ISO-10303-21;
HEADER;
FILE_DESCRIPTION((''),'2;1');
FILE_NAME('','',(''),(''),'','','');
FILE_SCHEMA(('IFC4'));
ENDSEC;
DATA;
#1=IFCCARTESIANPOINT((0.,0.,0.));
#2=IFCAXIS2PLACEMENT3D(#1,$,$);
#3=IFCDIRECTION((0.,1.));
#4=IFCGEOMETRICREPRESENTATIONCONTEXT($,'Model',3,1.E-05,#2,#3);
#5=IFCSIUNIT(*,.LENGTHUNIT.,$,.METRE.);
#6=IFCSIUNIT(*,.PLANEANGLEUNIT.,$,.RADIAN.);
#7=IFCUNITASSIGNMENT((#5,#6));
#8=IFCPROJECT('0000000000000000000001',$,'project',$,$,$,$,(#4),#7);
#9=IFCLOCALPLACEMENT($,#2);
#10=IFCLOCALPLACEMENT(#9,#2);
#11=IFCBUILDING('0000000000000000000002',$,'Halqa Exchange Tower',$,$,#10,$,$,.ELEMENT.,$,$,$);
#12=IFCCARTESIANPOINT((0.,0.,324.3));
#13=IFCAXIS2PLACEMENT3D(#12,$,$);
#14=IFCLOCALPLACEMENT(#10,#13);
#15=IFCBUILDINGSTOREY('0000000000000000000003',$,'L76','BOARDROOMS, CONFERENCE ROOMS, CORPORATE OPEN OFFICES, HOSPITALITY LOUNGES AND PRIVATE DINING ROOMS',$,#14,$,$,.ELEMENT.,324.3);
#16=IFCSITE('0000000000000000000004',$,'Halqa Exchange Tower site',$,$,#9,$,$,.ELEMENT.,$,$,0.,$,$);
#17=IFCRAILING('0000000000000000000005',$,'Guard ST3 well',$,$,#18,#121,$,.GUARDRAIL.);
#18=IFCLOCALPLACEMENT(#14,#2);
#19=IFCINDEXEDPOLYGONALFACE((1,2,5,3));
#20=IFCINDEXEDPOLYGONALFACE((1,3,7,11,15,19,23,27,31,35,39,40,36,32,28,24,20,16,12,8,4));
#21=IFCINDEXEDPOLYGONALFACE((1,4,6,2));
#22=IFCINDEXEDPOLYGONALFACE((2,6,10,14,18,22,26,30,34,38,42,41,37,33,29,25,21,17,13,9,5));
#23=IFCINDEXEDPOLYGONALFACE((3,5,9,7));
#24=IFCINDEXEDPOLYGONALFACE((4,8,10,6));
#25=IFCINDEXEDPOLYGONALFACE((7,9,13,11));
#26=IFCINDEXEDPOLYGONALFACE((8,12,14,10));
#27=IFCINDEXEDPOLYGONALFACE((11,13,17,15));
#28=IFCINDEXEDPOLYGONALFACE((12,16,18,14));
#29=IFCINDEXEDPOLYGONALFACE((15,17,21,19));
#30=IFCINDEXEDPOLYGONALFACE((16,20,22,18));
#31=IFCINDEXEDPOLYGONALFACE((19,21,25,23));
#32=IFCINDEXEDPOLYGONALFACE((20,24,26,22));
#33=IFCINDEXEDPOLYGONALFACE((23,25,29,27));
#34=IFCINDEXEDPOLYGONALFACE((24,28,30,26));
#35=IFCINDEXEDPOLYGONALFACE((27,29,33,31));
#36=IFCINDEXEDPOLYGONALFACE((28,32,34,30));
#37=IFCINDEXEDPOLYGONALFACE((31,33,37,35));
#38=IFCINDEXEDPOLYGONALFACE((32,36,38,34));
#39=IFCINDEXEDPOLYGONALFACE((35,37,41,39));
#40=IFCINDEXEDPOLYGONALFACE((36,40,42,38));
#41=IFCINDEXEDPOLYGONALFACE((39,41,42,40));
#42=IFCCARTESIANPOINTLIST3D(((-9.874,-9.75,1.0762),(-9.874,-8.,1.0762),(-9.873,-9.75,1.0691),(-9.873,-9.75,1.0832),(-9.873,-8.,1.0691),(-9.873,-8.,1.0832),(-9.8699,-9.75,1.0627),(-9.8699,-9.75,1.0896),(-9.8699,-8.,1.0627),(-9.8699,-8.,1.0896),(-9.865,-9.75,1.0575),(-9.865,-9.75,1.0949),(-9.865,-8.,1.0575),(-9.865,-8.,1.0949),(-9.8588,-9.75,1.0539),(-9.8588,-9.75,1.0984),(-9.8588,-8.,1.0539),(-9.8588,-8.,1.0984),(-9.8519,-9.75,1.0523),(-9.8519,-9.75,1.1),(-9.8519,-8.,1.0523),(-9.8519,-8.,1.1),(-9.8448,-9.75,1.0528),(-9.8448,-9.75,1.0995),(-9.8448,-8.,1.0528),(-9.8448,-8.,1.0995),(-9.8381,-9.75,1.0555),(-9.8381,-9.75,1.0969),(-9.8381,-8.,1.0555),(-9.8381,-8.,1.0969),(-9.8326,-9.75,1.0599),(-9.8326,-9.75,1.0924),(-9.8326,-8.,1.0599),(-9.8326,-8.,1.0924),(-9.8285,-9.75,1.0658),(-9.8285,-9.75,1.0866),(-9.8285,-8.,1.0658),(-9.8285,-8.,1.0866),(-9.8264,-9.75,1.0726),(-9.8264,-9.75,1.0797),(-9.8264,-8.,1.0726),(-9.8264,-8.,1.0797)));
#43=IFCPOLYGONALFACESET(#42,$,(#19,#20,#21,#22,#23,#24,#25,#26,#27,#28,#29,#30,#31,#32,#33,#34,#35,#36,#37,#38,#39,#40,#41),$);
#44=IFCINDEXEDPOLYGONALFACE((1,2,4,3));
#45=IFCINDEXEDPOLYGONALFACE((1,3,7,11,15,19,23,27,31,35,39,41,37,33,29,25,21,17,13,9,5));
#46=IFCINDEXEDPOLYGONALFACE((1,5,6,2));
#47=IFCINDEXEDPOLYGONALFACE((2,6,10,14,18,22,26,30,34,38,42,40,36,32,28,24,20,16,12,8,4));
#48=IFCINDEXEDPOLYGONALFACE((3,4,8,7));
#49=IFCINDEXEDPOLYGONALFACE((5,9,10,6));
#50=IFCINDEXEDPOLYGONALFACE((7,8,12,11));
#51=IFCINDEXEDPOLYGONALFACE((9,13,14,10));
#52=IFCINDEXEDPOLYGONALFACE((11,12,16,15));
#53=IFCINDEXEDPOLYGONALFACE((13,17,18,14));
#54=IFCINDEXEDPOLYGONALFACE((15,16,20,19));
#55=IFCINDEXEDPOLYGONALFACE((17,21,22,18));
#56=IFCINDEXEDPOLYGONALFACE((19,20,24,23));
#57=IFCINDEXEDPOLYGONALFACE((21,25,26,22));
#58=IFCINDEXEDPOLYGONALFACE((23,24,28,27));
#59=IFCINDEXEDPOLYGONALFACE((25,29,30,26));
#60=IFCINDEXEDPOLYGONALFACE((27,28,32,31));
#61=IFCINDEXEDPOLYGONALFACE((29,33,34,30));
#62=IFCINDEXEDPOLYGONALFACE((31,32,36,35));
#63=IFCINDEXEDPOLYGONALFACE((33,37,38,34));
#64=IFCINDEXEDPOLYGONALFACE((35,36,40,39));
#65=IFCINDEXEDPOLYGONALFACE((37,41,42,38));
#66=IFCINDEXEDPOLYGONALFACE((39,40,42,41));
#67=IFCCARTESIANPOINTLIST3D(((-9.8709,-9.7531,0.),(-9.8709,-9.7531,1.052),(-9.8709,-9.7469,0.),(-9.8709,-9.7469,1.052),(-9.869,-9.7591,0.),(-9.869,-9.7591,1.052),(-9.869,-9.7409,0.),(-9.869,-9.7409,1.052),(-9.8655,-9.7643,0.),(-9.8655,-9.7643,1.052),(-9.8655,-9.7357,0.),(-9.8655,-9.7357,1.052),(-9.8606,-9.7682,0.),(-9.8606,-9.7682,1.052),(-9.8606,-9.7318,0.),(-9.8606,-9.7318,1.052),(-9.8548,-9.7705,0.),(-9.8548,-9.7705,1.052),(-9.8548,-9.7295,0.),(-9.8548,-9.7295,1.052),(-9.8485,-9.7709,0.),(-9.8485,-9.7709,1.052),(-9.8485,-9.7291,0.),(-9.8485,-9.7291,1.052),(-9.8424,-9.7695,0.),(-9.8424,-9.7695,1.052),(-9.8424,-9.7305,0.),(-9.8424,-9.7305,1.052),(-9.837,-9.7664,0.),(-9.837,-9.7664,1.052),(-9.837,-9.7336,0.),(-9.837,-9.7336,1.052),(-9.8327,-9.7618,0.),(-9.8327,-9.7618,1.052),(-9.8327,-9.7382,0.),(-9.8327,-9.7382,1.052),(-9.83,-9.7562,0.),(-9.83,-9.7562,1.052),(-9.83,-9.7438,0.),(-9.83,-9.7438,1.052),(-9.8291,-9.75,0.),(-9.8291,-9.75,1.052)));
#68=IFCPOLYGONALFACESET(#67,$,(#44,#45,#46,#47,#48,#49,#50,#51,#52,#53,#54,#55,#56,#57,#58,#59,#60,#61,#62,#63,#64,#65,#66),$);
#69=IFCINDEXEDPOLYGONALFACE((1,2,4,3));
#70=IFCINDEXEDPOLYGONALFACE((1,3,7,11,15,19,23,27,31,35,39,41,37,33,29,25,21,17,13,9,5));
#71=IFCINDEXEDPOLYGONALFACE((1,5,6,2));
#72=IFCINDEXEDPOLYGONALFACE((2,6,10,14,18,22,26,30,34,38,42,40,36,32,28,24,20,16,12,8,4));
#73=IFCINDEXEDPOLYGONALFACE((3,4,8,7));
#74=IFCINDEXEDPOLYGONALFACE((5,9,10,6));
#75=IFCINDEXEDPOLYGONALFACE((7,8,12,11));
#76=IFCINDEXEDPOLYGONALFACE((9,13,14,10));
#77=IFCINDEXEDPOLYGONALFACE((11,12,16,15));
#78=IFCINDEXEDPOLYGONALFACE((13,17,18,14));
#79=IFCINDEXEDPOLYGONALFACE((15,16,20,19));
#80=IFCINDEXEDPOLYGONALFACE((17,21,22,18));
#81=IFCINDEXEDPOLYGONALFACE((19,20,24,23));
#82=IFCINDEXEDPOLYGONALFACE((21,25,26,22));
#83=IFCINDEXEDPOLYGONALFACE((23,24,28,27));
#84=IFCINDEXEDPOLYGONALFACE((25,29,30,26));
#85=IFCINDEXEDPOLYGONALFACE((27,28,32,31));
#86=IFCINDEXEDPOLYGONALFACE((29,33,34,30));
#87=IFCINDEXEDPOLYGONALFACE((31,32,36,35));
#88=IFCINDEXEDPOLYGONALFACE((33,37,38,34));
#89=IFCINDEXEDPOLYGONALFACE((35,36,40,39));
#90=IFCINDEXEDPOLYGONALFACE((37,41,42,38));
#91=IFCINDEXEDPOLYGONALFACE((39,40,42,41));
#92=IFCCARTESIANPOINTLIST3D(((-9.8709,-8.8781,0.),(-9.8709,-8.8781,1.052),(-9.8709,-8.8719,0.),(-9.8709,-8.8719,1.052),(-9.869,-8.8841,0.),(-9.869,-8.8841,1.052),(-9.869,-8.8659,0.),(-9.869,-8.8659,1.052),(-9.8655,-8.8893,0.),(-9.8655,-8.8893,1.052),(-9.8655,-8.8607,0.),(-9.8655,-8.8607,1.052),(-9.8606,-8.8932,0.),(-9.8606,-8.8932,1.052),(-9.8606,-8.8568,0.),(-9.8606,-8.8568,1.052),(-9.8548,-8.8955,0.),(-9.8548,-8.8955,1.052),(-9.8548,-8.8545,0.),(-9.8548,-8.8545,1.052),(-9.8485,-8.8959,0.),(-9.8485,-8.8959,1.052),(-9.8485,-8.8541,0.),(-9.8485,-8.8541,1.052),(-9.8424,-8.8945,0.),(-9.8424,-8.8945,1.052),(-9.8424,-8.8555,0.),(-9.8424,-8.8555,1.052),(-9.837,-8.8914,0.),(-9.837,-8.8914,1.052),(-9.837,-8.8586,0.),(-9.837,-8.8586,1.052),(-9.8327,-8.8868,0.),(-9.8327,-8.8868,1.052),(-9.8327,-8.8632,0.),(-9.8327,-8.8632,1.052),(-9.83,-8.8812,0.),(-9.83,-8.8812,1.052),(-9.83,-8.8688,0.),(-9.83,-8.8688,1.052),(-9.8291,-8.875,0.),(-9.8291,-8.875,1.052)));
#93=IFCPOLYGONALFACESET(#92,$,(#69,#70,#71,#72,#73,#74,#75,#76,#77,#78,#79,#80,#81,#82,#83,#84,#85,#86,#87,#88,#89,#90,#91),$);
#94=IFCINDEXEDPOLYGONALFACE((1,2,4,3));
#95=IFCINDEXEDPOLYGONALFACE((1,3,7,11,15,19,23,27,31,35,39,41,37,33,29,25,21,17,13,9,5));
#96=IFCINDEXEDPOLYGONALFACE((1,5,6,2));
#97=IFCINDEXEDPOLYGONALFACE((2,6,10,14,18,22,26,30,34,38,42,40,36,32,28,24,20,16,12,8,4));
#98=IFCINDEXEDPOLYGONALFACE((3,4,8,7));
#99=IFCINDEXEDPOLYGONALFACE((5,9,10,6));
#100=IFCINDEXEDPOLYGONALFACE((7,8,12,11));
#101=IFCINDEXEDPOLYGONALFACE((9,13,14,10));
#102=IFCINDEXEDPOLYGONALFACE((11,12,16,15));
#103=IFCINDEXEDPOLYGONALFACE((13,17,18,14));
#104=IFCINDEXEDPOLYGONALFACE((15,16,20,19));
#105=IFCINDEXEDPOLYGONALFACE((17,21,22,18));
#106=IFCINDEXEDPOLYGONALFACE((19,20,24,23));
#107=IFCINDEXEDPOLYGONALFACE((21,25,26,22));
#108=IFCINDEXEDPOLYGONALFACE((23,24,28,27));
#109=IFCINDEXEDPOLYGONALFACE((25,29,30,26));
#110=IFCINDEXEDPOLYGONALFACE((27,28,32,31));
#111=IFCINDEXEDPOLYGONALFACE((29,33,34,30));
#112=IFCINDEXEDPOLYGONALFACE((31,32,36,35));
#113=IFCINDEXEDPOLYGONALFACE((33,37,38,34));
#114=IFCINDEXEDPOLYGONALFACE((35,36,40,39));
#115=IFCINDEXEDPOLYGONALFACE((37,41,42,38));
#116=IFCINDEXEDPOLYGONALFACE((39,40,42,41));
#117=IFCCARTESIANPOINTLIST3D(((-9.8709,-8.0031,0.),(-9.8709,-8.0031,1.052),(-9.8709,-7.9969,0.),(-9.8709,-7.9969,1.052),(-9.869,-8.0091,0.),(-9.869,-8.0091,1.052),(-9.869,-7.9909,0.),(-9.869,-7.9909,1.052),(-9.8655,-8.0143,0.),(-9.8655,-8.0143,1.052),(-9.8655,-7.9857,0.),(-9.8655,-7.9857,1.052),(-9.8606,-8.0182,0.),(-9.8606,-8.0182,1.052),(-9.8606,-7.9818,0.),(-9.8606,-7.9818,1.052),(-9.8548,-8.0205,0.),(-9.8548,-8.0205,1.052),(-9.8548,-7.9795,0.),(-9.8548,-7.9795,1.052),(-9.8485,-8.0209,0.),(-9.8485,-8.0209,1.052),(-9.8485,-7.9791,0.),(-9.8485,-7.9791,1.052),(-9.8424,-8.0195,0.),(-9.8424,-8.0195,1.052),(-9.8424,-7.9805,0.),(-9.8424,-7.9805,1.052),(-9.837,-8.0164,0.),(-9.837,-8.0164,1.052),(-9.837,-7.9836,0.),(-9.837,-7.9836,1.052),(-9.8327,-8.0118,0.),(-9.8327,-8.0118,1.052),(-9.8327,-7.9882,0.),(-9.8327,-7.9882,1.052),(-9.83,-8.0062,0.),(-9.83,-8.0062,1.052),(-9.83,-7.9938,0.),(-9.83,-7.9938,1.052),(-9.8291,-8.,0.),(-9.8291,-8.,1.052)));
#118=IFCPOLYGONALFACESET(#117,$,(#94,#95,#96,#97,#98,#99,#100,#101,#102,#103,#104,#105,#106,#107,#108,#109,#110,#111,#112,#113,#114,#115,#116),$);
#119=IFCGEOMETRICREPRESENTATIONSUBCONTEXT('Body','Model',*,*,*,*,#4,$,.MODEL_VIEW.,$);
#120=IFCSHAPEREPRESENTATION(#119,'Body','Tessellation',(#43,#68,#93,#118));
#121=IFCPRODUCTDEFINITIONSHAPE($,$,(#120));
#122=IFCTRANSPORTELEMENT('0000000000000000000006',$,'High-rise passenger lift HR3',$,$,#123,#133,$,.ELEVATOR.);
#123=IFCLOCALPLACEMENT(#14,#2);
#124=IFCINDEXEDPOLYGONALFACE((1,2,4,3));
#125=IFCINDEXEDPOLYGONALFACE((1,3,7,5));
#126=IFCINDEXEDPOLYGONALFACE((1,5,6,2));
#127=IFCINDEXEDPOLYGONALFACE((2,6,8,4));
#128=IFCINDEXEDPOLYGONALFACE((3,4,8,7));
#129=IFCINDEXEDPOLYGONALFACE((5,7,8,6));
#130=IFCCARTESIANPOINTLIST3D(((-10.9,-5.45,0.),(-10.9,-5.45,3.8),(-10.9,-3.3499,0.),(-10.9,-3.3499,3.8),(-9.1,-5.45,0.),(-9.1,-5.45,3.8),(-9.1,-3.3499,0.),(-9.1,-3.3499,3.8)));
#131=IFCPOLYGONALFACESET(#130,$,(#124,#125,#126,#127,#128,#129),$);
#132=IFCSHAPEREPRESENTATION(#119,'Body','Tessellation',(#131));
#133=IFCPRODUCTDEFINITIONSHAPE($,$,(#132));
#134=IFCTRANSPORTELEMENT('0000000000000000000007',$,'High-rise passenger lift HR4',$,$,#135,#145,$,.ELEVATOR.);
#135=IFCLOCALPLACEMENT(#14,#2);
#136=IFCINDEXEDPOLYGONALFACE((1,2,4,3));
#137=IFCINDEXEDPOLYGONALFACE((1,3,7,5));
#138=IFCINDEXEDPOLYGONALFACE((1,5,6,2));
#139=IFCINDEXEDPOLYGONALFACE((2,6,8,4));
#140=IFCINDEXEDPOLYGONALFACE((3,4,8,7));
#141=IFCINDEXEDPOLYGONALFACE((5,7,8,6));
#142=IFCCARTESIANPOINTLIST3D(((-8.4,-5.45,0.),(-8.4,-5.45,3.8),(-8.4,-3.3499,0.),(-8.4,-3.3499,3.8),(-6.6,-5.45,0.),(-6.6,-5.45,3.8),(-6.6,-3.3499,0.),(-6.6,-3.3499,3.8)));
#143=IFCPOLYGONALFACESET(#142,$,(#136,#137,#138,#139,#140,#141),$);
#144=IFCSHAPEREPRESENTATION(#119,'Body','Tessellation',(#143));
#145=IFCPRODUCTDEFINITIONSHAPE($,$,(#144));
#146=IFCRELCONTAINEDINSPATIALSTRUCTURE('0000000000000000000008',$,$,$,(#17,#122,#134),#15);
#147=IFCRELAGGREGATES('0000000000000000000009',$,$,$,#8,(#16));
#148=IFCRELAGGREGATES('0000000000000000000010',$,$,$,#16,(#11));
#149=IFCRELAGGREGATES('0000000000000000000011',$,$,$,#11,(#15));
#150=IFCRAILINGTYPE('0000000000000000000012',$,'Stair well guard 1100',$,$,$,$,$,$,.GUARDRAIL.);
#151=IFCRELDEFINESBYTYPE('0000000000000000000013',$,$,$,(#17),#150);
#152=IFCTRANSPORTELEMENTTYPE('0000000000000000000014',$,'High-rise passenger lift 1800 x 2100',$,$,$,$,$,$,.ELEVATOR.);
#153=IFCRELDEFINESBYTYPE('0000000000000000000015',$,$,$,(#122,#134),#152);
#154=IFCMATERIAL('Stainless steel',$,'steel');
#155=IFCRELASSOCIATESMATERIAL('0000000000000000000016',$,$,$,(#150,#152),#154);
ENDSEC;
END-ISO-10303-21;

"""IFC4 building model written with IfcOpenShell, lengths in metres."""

from ifc_helpers import new_model, si_unit, direction, frame, origin, origin_2d, place, context, subcontext, project, spatial, rectangle, circle, extrude, material, type_object, element, save


model = new_model("IFC4")

# Units and contexts
model_context = context("Model", 3, precision=1e-05, world=origin(), true_north=direction((0.0, 1.0)))
body_context = subcontext(model_context, "Body", "Model", "MODEL_VIEW")
ifc_project = project(units=[si_unit("LENGTHUNIT", "METRE"), si_unit("PLANEANGLEUNIT", "RADIAN")], contexts=[model_context])

# Site, building, storey
site_placement = place(None, origin())
site = spatial("IfcSite", under=ifc_project, at=site_placement, Name="Halqa Exchange Tower site", CompositionType="ELEMENT", RefElevation=0.0)
building_placement = place(site_placement, origin())
building = spatial("IfcBuilding", under=site, at=building_placement, Name="Halqa Exchange Tower", CompositionType="ELEMENT")
storey_placement = place(building_placement, frame((0.0, 0.0, 324.3)))
storey = spatial("IfcBuildingStorey", under=building, at=storey_placement, Name="L76", Description="BOARDROOMS, CONFERENCE ROOMS, CORPORATE OPEN OFFICES, HOSPITALITY LOUNGES AND PRIVATE DINING ROOMS", CompositionType="ELEMENT", Elevation=324.3)

# Shared definitions
ifc_material_1 = material(Name="Stainless steel", Category="steel")

# Railing
railing_type_1 = type_object("IfcRailingType", Name="Stair well guard 1100", PredefinedType="GUARDRAIL", material=ifc_material_1)
railing_1_placement = place(storey_placement, frame((-9.8501, -9.75, 0.0)))
element("IfcRailing", 1, at=railing_1_placement, inside=storey, type_object=railing_type_1, Name="Guard ST3 well", PredefinedType="GUARDRAIL", context=body_context, shape_type="SweptSolid", body=[
    extrude(circle(Radius=0.0239, at=origin_2d()), frame((0.0, 0.0, 1.0762), z_axis=(0.0, 1.0, 0.0), x_axis=(-1.0, 0.0, 0.0)), (0.0, 0.0, 1.0), 1.75),
    extrude(circle(Radius=0.021, at=origin_2d()), origin(), (0.0, 0.0, 1.0), 1.052),
    extrude(circle(Radius=0.021, at=origin_2d()), frame((0.0, 0.875, 0.0)), (0.0, 0.0, 1.0), 1.052),
    extrude(circle(Radius=0.021, at=origin_2d()), frame((0.0, 1.75, 0.0)), (0.0, 0.0, 1.0), 1.052),
])

# Transport elements
transport_element_type = type_object("IfcTransportElementType", Name="High-rise passenger lift 1800 x 2100", PredefinedType="ELEVATOR", material=ifc_material_1)
for number, where, z_axis, x_axis, name in (
    (2, (-10.0, -4.3999, 0.0), (0.0, 0.0, 1.0), (1.0, 0.0, 0.0), "High-rise passenger lift HR3"),
    (3, (-7.5, -4.3999, 0.0), (0.0, 0.0, 1.0), (1.0, 0.0, 0.0), "High-rise passenger lift HR4"),
):
    element("IfcTransportElement", number, at=place(storey_placement, frame(where, z_axis=z_axis, x_axis=x_axis)), inside=storey, type_object=transport_element_type, Name=name, PredefinedType="ELEVATOR", context=body_context, shape_type="SweptSolid", body=[
        extrude(rectangle(XDim=1.8, YDim=2.1001, at=origin_2d()), origin(), (0.0, 0.0, 1.0), 3.8),
    ])

save(model, "model.ifc")
